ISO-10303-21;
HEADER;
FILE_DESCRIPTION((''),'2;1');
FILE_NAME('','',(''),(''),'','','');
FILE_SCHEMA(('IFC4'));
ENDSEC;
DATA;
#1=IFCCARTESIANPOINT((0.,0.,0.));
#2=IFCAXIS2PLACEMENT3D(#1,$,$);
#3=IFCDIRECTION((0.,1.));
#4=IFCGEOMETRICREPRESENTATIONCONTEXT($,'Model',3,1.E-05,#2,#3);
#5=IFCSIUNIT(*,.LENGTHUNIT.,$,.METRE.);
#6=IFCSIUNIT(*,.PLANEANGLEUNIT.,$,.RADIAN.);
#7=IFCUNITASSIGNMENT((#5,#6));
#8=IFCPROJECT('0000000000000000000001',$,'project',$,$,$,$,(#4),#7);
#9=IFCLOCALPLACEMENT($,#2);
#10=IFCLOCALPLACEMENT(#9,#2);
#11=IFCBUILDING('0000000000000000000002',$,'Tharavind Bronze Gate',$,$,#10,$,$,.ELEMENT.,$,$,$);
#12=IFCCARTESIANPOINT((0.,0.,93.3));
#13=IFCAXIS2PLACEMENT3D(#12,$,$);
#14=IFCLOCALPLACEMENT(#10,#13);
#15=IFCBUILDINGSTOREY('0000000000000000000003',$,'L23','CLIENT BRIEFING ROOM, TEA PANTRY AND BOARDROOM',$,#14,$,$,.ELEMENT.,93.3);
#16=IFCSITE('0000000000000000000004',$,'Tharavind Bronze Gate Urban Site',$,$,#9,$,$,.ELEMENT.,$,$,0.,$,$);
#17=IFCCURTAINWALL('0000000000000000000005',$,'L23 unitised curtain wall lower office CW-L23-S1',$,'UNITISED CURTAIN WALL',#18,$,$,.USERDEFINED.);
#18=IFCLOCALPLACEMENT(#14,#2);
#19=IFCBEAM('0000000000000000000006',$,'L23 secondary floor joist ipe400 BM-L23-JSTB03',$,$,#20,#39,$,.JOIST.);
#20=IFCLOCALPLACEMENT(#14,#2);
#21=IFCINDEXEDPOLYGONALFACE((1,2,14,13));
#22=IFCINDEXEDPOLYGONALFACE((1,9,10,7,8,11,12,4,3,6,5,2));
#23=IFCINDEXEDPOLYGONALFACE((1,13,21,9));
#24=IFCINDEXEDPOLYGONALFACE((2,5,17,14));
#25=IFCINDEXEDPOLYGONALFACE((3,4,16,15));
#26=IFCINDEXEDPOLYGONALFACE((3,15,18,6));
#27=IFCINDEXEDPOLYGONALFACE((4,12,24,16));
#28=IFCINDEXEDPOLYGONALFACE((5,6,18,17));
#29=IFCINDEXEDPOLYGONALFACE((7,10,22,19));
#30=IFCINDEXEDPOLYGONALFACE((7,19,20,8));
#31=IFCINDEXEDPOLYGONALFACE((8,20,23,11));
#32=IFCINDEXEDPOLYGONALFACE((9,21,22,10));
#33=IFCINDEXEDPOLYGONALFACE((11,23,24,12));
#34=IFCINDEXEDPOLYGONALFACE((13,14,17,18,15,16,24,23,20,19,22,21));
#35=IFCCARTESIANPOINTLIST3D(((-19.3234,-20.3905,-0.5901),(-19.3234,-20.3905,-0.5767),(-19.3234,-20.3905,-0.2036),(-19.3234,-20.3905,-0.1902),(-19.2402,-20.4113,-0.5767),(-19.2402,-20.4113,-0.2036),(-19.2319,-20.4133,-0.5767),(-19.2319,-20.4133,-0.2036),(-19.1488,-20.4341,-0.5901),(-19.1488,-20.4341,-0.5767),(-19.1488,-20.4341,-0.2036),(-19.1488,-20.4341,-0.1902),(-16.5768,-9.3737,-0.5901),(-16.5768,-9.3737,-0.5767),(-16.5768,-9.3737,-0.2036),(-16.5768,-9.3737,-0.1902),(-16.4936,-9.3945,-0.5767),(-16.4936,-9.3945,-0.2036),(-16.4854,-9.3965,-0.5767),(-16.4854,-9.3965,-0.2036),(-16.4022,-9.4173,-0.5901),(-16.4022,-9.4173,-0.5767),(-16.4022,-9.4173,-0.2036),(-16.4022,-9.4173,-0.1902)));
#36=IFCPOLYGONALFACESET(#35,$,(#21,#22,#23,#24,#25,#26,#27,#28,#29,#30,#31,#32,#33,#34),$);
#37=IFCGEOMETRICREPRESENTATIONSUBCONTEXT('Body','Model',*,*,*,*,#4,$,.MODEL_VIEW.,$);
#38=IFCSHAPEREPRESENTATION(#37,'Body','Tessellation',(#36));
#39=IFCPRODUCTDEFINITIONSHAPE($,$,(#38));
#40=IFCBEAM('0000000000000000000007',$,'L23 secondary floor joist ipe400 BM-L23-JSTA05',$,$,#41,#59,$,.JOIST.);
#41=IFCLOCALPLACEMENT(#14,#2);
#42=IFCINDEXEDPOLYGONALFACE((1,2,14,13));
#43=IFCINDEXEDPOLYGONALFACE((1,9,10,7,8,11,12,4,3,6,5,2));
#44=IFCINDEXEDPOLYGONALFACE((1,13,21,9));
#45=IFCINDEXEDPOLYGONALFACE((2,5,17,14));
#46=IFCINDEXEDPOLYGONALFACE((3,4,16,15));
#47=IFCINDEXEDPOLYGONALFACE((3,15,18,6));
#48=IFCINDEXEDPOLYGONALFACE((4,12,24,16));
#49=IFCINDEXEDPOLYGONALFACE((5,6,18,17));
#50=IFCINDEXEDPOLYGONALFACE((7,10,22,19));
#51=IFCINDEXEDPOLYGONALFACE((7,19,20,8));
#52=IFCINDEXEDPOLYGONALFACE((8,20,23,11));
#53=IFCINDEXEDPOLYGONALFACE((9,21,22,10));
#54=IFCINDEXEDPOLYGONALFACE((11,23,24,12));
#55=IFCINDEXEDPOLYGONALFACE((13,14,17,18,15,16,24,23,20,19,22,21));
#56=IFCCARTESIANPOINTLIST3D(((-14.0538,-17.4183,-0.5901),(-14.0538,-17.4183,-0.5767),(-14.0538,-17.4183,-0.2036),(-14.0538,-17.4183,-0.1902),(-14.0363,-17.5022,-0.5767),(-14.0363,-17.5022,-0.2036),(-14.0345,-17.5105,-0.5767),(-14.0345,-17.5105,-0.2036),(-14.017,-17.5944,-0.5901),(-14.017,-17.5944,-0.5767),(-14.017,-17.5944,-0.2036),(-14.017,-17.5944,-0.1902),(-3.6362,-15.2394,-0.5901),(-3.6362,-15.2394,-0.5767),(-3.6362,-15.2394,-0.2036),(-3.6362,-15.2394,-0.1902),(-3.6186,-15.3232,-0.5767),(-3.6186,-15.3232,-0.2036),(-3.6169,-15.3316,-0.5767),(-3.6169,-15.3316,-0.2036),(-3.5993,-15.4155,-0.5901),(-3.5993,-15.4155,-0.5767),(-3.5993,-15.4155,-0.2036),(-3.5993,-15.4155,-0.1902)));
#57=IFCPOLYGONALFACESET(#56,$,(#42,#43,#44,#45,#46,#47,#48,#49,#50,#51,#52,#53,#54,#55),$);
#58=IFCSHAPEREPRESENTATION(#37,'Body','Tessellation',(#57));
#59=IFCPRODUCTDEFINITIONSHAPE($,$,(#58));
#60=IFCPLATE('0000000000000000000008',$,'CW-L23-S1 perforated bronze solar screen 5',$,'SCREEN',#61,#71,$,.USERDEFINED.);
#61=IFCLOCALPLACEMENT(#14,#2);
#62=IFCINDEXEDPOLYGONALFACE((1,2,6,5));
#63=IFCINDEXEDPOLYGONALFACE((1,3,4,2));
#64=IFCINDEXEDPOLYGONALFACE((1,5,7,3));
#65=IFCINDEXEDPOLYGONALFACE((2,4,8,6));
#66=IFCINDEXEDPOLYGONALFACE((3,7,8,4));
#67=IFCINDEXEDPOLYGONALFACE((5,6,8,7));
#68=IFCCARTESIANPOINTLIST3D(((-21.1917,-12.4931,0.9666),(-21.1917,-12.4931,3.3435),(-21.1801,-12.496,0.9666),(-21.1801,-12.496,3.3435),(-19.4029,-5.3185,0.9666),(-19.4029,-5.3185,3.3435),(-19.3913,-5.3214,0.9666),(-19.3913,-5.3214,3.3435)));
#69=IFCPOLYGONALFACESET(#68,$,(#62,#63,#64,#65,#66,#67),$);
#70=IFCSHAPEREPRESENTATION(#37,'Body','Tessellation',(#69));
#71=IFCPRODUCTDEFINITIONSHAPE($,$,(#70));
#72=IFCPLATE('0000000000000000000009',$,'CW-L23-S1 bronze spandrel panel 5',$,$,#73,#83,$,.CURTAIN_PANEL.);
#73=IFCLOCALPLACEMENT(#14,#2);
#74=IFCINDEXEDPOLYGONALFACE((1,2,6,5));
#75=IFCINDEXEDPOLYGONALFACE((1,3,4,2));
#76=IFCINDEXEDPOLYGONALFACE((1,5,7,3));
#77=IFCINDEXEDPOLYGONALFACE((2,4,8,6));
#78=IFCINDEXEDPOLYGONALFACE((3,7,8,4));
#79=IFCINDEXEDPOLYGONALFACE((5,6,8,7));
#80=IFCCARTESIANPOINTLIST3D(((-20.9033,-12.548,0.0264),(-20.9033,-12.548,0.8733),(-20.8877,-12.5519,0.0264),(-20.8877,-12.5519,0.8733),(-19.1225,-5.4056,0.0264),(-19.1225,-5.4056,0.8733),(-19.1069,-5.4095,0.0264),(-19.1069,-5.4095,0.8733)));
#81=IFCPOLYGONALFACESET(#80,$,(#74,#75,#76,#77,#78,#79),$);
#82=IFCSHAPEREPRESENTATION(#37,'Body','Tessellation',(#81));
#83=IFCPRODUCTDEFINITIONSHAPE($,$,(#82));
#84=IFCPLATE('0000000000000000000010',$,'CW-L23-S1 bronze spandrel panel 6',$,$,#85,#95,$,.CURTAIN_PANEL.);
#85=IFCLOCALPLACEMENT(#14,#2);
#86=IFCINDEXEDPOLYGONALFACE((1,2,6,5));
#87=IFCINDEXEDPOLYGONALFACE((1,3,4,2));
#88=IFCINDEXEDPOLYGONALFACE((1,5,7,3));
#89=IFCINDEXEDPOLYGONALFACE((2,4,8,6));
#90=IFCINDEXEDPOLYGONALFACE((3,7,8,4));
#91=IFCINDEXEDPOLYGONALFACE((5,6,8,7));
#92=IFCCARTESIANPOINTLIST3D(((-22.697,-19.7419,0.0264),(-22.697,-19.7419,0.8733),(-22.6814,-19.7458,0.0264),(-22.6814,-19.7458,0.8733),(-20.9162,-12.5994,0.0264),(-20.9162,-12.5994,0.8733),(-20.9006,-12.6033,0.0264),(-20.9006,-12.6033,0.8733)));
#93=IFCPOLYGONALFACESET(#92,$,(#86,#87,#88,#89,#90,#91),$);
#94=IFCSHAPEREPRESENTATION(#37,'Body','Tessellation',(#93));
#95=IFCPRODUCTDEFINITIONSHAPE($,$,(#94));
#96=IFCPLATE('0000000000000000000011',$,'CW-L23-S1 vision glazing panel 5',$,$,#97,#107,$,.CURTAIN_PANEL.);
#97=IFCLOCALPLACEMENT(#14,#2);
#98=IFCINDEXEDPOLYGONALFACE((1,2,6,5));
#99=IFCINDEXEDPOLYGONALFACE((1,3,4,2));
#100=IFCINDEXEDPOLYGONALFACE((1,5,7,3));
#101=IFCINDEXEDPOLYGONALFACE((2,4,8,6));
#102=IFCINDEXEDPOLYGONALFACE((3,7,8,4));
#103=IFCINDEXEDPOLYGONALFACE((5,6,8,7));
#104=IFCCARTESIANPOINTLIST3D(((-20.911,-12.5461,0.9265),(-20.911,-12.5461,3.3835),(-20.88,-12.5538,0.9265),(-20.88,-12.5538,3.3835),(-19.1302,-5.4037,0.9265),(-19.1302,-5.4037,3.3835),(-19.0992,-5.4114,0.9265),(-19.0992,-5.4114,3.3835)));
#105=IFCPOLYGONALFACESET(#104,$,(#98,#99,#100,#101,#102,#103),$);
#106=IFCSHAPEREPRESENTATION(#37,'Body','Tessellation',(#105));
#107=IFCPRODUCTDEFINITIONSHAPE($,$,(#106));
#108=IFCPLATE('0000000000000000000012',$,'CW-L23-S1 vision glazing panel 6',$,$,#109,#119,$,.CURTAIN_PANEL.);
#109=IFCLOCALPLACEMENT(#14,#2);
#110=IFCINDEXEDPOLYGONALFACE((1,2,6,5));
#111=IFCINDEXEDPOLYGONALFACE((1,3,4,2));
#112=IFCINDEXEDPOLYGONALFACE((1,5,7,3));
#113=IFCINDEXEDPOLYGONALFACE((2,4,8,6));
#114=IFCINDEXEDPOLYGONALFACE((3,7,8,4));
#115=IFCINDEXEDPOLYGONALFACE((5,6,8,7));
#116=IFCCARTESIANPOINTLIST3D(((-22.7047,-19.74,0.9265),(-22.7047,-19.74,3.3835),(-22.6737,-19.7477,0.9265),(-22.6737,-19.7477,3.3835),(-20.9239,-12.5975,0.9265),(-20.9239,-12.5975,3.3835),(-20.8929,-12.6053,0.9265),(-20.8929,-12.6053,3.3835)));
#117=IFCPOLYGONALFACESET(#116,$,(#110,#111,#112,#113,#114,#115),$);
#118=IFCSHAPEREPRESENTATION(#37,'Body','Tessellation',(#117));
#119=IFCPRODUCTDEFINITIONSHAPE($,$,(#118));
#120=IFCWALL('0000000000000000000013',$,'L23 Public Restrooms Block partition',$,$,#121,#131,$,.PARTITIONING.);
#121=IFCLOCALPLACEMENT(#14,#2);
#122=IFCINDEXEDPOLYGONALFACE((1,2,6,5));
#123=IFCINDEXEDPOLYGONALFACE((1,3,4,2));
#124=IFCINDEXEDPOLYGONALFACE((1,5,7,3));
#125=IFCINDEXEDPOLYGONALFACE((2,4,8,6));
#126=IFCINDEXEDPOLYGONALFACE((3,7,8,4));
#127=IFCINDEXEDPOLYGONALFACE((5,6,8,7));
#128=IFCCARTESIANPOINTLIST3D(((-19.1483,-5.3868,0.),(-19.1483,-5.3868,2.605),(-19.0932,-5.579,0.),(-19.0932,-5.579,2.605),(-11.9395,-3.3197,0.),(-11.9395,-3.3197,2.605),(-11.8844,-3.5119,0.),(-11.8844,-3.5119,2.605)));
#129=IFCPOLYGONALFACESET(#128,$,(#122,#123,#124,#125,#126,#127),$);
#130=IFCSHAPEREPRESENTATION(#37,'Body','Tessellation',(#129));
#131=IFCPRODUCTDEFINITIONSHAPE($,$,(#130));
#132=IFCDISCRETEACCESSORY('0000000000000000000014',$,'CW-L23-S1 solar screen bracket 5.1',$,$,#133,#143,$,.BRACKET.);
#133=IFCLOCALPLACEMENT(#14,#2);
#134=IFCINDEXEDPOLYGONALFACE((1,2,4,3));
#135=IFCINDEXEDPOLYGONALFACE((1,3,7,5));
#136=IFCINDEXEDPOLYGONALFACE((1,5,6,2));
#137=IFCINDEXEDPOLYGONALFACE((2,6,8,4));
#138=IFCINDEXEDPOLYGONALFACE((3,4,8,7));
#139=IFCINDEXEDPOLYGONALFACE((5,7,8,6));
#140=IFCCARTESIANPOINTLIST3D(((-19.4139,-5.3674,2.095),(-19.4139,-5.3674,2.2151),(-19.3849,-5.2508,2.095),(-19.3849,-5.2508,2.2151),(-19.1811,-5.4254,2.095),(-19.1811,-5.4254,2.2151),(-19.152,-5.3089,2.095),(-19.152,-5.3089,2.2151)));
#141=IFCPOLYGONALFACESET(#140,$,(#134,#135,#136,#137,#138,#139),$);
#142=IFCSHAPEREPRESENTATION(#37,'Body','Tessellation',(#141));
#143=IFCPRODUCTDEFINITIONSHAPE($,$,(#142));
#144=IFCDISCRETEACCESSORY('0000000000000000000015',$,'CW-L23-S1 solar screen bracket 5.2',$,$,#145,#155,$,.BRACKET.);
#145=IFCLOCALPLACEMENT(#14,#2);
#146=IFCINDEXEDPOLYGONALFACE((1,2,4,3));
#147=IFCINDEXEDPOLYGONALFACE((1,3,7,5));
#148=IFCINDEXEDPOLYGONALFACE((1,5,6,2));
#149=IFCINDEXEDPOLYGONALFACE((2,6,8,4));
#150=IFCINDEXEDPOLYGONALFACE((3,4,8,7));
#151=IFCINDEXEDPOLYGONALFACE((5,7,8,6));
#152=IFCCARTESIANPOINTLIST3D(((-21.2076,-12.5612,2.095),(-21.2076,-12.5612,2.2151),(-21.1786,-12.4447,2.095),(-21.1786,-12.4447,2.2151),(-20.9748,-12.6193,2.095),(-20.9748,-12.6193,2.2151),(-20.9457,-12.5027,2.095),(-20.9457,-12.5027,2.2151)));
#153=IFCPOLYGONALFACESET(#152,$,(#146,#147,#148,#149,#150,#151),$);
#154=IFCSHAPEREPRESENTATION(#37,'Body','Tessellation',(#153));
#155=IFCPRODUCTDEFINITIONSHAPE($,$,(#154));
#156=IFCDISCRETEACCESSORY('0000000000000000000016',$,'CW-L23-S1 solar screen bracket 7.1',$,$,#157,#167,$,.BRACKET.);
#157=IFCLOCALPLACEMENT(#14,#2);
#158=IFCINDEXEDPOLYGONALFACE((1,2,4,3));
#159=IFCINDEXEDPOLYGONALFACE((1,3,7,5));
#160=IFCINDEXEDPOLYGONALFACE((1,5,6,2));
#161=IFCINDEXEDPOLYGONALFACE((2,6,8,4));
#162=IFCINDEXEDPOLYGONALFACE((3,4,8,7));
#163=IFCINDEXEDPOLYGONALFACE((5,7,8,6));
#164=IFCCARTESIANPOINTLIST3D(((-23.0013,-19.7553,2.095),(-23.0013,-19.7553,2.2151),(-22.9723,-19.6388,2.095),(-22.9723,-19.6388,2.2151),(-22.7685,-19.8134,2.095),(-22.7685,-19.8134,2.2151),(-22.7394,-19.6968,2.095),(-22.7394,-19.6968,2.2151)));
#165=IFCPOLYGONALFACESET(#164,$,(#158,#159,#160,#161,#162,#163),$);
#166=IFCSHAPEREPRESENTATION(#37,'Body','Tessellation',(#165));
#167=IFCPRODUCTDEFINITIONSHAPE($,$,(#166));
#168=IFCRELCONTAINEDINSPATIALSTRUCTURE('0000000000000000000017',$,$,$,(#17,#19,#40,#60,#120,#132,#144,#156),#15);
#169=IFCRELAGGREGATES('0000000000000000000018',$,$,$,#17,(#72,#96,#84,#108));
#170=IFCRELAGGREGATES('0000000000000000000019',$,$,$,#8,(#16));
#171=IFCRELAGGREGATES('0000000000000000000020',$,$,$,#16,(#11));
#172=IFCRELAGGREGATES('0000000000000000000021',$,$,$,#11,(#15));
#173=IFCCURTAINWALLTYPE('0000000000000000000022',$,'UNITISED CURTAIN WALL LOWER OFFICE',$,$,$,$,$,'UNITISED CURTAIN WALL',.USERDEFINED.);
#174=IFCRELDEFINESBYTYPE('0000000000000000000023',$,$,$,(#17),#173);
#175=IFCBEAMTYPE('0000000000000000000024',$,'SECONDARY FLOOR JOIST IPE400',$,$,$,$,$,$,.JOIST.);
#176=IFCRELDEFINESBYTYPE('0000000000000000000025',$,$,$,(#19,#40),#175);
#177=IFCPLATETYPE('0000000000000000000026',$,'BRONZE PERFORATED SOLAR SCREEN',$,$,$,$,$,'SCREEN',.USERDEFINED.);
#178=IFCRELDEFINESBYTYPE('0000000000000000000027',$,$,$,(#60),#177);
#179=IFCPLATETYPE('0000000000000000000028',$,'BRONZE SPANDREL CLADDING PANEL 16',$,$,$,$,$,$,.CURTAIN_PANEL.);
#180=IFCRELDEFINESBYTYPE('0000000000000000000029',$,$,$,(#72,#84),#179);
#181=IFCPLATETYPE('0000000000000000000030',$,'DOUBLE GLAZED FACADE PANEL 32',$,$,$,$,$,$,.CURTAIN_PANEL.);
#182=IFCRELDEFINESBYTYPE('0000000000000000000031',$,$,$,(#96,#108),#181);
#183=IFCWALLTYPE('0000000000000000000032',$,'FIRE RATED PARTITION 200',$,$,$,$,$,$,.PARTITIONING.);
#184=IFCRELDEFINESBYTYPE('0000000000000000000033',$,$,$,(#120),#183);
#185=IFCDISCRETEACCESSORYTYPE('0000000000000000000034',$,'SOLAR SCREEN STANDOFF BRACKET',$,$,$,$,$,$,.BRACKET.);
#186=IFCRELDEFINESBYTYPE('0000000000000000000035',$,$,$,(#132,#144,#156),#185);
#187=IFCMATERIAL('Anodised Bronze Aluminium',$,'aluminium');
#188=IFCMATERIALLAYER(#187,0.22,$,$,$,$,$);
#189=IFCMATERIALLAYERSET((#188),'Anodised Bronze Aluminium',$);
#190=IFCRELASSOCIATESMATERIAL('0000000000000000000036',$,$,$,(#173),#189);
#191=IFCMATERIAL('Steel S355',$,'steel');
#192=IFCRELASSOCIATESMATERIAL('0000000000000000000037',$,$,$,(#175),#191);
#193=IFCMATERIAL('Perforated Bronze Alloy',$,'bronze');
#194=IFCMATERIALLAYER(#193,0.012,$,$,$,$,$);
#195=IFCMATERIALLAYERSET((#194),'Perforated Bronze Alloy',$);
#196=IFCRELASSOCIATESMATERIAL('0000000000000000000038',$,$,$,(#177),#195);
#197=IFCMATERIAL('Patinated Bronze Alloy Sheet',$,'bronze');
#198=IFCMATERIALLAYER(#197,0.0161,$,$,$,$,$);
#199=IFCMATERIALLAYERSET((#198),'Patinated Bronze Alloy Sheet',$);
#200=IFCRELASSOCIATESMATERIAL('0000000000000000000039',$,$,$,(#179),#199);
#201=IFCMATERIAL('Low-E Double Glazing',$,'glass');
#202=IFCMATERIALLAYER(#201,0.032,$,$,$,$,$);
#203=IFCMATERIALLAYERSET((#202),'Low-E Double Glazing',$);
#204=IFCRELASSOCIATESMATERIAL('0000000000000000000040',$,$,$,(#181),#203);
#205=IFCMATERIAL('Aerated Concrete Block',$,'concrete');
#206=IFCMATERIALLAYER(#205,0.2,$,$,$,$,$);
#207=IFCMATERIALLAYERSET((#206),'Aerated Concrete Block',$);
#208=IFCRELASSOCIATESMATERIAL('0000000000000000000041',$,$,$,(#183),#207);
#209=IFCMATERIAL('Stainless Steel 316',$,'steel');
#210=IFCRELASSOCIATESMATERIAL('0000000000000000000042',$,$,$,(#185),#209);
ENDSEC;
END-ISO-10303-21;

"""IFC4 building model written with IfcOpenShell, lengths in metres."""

from ifc_helpers import new_model, si_unit, direction, frame, frame_2d, origin, origin_2d, place, context, subcontext, project, spatial, rectangle, i_section, extrude, material, layer, layer_set, material_profile, profile_set, type_object, element, aggregate, save


model = new_model("IFC4")

# Units and contexts
model_context = context("Model", 3, precision=1e-05, world=origin(), true_north=direction((0.0, 1.0)))
body_context = subcontext(model_context, "Body", "Model", "MODEL_VIEW")
ifc_project = project(units=[si_unit("LENGTHUNIT", "METRE"), si_unit("PLANEANGLEUNIT", "RADIAN")], contexts=[model_context])

# Site, building, storey
site_placement = place(None, origin())
site = spatial("IfcSite", under=ifc_project, at=site_placement, Name="Tharavind Bronze Gate Urban Site", CompositionType="ELEMENT", RefElevation=0.0)
building_placement = place(site_placement, origin())
building = spatial("IfcBuilding", under=site, at=building_placement, Name="Tharavind Bronze Gate", CompositionType="ELEMENT")
storey_placement = place(building_placement, frame((0.0, 0.0, 93.3)))
storey = spatial("IfcBuildingStorey", under=building, at=storey_placement, Name="L23", Description="CLIENT BRIEFING ROOM, TEA PANTRY AND BOARDROOM", CompositionType="ELEMENT", Elevation=93.3)

# Curtain wall
ifc_material_1 = material(Name="Anodised Bronze Aluminium", Category="aluminium")
ifc_layer_1 = layer(ifc_material_1, 0.22)
ifc_layer_set_1 = layer_set([ifc_layer_1], Name="Anodised Bronze Aluminium")
curtain_wall_type = type_object("IfcCurtainWallType", Name="UNITISED CURTAIN WALL LOWER OFFICE", ElementType="UNITISED CURTAIN WALL", PredefinedType="USERDEFINED", material=ifc_layer_set_1)
curtain_wall_placement = place(storey_placement, origin())
curtain_wall = element("IfcCurtainWall", 1, at=curtain_wall_placement, inside=storey, type_object=curtain_wall_type, Name="L23 unitised curtain wall lower office CW-L23-S1", ObjectType="UNITISED CURTAIN WALL", PredefinedType="USERDEFINED")

# Beams
ifc_material_2 = material(Name="Steel S355", Category="steel")
ifc_material_profile_1 = material_profile(ifc_material_2, i_section(OverallWidth=0.1799, OverallDepth=0.3999, WebThickness=0.0085, FlangeThickness=0.0134, at=origin_2d()), Name="IPE400")
ifc_profile_set_1 = profile_set([ifc_material_profile_1], Name="Steel S355")
beam_type_1 = type_object("IfcBeamType", Name="SECONDARY FLOOR JOIST IPE400", PredefinedType="JOIST", material=ifc_profile_set_1)
beam_1_placement = place(storey_placement, frame((-16.4895, -9.3955, -0.3901), z_axis=(-0.241903, -0.9703, 0.0), x_axis=(0.9703, -0.241903, 0.0)))
element("IfcBeam", 2, at=beam_1_placement, inside=storey, type_object=beam_type_1, Name="L23 secondary floor joist ipe400 BM-L23-JSTB03", PredefinedType="JOIST", context=body_context, shape_type="SweptSolid", body=[
    extrude(i_section(OverallWidth=0.1799, OverallDepth=0.3999, WebThickness=0.0085, FlangeThickness=0.0134, at=origin_2d()), origin(), (0.0, 0.0, 1.0), 11.354),
])
beam_2_placement = place(storey_placement, frame((-14.0354, -17.5063, -0.3901), z_axis=(0.978819, 0.204728, 0.0), x_axis=(-0.204728, 0.978819, 0.0)))
element("IfcBeam", 3, at=beam_2_placement, inside=storey, type_object=beam_type_1, Name="L23 secondary floor joist ipe400 BM-L23-JSTA05", PredefinedType="JOIST", context=body_context, shape_type="SweptSolid", body=[
    extrude(i_section(OverallWidth=0.1799, OverallDepth=0.3999, WebThickness=0.0085, FlangeThickness=0.0134, at=origin_2d()), origin(), (0.0, 0.0, 1.0), 10.6431),
])

# Plates
ifc_material_3 = material(Name="Perforated Bronze Alloy", Category="bronze")
ifc_layer_2 = layer(ifc_material_3, 0.012)
ifc_layer_set_2 = layer_set([ifc_layer_2], Name="Perforated Bronze Alloy")
plate_type_1 = type_object("IfcPlateType", Name="BRONZE PERFORATED SOLAR SCREEN", ElementType="SCREEN", PredefinedType="USERDEFINED", material=ifc_layer_set_2)
plate_1_placement = place(storey_placement, frame((-20.2915, -8.9072, 0.9666), z_axis=(0.0, 0.0, 1.0), x_axis=(-0.241922, -0.970296, 0.0)))
element("IfcPlate", 4, at=plate_1_placement, inside=storey, type_object=plate_type_1, Name="CW-L23-S1 perforated bronze solar screen 5", ObjectType="SCREEN", PredefinedType="USERDEFINED", context=body_context, shape_type="SweptSolid", body=[
    extrude(rectangle(XDim=7.3943, YDim=0.012, at=origin_2d()), origin(), (0.0, 0.0, 1.0), 2.377),
])
ifc_material_4 = material(Name="Patinated Bronze Alloy Sheet", Category="bronze")
ifc_layer_3 = layer(ifc_material_4, 0.0161)
ifc_layer_set_3 = layer_set([ifc_layer_3], Name="Patinated Bronze Alloy Sheet")
plate_type_2 = type_object("IfcPlateType", Name="BRONZE SPANDREL CLADDING PANEL 16", PredefinedType="CURTAIN_PANEL", material=ifc_layer_set_3)
plate_2_placement = place(storey_placement, frame((-20.0051, -8.9788, 0.0264), z_axis=(0.0, 0.0, 1.0), x_axis=(-0.241922, -0.970296, 0.0)))
plate_2 = element("IfcPlate", 5, at=plate_2_placement, type_object=plate_type_2, Name="CW-L23-S1 bronze spandrel panel 5", PredefinedType="CURTAIN_PANEL", context=body_context, shape_type="SweptSolid", body=[
    extrude(rectangle(XDim=7.3611, YDim=0.0161, at=origin_2d()), origin(), (0.0, 0.0, 1.0), 0.8469),
])
plate_3_placement = place(storey_placement, frame((-21.7988, -16.1726, 0.0264), z_axis=(0.0, 0.0, 1.0), x_axis=(-0.241922, -0.970296, 0.0)))
plate_3 = element("IfcPlate", 6, at=plate_3_placement, type_object=plate_type_2, Name="CW-L23-S1 bronze spandrel panel 6", PredefinedType="CURTAIN_PANEL", context=body_context, shape_type="SweptSolid", body=[
    extrude(rectangle(XDim=7.3611, YDim=0.0161, at=origin_2d()), origin(), (0.0, 0.0, 1.0), 0.8469),
])
ifc_material_5 = material(Name="Low-E Double Glazing", Category="glass")
ifc_layer_4 = layer(ifc_material_5, 0.032)
ifc_layer_set_4 = layer_set([ifc_layer_4], Name="Low-E Double Glazing")
plate_type_3 = type_object("IfcPlateType", Name="DOUBLE GLAZED FACADE PANEL 32", PredefinedType="CURTAIN_PANEL", material=ifc_layer_set_4)
plate_4_placement = place(storey_placement, frame((-20.0051, -8.9788, 0.9265), z_axis=(0.0, 0.0, 1.0), x_axis=(-0.241922, -0.970296, 0.0)))
plate_4 = element("IfcPlate", 7, at=plate_4_placement, type_object=plate_type_3, Name="CW-L23-S1 vision glazing panel 5", PredefinedType="CURTAIN_PANEL", context=body_context, shape_type="SweptSolid", body=[
    extrude(rectangle(XDim=7.3611, YDim=0.032, at=origin_2d()), origin(), (0.0, 0.0, 1.0), 2.457),
])
plate_5_placement = place(storey_placement, frame((-21.7988, -16.1726, 0.9265), z_axis=(0.0, 0.0, 1.0), x_axis=(-0.241922, -0.970296, 0.0)))
plate_5 = element("IfcPlate", 8, at=plate_5_placement, type_object=plate_type_3, Name="CW-L23-S1 vision glazing panel 6", PredefinedType="CURTAIN_PANEL", context=body_context, shape_type="SweptSolid", body=[
    extrude(rectangle(XDim=7.3611, YDim=0.032, at=origin_2d()), origin(), (0.0, 0.0, 1.0), 2.457),
])
aggregate(curtain_wall, [plate_2, plate_4, plate_3, plate_5])

# Wall
ifc_material_6 = material(Name="Aerated Concrete Block", Category="concrete")
ifc_layer_5 = layer(ifc_material_6, 0.2)
ifc_layer_set_5 = layer_set([ifc_layer_5], Name="Aerated Concrete Block")
wall_type = type_object("IfcWallType", Name="FIRE RATED PARTITION 200", PredefinedType="PARTITIONING", material=ifc_layer_set_5)
wall_placement = place(storey_placement, frame((-19.1206, -5.4829, 0.0), z_axis=(0.0, 0.0, 1.0), x_axis=(0.961259, 0.275645, 0.0)))
element("IfcWall", 9, at=wall_placement, inside=storey, type_object=wall_type, Name="L23 Public Restrooms Block partition", PredefinedType="PARTITIONING", context=body_context, shape_type="SweptSolid", body=[
    extrude(rectangle(XDim=7.4993, YDim=0.2, at=frame_2d((3.7495, 0.0))), origin(), (0.0, 0.0, 1.0), 2.605),
])

# Discrete accessories
ifc_material_7 = material(Name="Stainless Steel 316", Category="steel")
discrete_accessory_type = type_object("IfcDiscreteAccessoryType", Name="SOLAR SCREEN STANDOFF BRACKET", PredefinedType="BRACKET", material=ifc_material_7)
for number, where, z_axis, x_axis, name in (
    (10, (-19.283, -5.3381, 2.095), (0.0, 0.0, 1.0), (-0.241922, -0.970296, 0.0), "CW-L23-S1 solar screen bracket 5.1"),
    (11, (-21.0767, -12.532, 2.095), (0.0, 0.0, 1.0), (-0.241922, -0.970296, 0.0), "CW-L23-S1 solar screen bracket 5.2"),
    (12, (-22.8704, -19.7261, 2.095), (0.0, 0.0, 1.0), (-0.241922, -0.970296, 0.0), "CW-L23-S1 solar screen bracket 7.1"),
):
    element("IfcDiscreteAccessory", number, at=place(storey_placement, frame(where, z_axis=z_axis, x_axis=x_axis)), inside=storey, type_object=discrete_accessory_type, Name=name, PredefinedType="BRACKET", context=body_context, shape_type="SweptSolid", body=[
        extrude(rectangle(XDim=0.1201, YDim=0.24, at=origin_2d()), origin(), (0.0, 0.0, 1.0), 0.1201),
    ])

save(model, "model.ifc")
